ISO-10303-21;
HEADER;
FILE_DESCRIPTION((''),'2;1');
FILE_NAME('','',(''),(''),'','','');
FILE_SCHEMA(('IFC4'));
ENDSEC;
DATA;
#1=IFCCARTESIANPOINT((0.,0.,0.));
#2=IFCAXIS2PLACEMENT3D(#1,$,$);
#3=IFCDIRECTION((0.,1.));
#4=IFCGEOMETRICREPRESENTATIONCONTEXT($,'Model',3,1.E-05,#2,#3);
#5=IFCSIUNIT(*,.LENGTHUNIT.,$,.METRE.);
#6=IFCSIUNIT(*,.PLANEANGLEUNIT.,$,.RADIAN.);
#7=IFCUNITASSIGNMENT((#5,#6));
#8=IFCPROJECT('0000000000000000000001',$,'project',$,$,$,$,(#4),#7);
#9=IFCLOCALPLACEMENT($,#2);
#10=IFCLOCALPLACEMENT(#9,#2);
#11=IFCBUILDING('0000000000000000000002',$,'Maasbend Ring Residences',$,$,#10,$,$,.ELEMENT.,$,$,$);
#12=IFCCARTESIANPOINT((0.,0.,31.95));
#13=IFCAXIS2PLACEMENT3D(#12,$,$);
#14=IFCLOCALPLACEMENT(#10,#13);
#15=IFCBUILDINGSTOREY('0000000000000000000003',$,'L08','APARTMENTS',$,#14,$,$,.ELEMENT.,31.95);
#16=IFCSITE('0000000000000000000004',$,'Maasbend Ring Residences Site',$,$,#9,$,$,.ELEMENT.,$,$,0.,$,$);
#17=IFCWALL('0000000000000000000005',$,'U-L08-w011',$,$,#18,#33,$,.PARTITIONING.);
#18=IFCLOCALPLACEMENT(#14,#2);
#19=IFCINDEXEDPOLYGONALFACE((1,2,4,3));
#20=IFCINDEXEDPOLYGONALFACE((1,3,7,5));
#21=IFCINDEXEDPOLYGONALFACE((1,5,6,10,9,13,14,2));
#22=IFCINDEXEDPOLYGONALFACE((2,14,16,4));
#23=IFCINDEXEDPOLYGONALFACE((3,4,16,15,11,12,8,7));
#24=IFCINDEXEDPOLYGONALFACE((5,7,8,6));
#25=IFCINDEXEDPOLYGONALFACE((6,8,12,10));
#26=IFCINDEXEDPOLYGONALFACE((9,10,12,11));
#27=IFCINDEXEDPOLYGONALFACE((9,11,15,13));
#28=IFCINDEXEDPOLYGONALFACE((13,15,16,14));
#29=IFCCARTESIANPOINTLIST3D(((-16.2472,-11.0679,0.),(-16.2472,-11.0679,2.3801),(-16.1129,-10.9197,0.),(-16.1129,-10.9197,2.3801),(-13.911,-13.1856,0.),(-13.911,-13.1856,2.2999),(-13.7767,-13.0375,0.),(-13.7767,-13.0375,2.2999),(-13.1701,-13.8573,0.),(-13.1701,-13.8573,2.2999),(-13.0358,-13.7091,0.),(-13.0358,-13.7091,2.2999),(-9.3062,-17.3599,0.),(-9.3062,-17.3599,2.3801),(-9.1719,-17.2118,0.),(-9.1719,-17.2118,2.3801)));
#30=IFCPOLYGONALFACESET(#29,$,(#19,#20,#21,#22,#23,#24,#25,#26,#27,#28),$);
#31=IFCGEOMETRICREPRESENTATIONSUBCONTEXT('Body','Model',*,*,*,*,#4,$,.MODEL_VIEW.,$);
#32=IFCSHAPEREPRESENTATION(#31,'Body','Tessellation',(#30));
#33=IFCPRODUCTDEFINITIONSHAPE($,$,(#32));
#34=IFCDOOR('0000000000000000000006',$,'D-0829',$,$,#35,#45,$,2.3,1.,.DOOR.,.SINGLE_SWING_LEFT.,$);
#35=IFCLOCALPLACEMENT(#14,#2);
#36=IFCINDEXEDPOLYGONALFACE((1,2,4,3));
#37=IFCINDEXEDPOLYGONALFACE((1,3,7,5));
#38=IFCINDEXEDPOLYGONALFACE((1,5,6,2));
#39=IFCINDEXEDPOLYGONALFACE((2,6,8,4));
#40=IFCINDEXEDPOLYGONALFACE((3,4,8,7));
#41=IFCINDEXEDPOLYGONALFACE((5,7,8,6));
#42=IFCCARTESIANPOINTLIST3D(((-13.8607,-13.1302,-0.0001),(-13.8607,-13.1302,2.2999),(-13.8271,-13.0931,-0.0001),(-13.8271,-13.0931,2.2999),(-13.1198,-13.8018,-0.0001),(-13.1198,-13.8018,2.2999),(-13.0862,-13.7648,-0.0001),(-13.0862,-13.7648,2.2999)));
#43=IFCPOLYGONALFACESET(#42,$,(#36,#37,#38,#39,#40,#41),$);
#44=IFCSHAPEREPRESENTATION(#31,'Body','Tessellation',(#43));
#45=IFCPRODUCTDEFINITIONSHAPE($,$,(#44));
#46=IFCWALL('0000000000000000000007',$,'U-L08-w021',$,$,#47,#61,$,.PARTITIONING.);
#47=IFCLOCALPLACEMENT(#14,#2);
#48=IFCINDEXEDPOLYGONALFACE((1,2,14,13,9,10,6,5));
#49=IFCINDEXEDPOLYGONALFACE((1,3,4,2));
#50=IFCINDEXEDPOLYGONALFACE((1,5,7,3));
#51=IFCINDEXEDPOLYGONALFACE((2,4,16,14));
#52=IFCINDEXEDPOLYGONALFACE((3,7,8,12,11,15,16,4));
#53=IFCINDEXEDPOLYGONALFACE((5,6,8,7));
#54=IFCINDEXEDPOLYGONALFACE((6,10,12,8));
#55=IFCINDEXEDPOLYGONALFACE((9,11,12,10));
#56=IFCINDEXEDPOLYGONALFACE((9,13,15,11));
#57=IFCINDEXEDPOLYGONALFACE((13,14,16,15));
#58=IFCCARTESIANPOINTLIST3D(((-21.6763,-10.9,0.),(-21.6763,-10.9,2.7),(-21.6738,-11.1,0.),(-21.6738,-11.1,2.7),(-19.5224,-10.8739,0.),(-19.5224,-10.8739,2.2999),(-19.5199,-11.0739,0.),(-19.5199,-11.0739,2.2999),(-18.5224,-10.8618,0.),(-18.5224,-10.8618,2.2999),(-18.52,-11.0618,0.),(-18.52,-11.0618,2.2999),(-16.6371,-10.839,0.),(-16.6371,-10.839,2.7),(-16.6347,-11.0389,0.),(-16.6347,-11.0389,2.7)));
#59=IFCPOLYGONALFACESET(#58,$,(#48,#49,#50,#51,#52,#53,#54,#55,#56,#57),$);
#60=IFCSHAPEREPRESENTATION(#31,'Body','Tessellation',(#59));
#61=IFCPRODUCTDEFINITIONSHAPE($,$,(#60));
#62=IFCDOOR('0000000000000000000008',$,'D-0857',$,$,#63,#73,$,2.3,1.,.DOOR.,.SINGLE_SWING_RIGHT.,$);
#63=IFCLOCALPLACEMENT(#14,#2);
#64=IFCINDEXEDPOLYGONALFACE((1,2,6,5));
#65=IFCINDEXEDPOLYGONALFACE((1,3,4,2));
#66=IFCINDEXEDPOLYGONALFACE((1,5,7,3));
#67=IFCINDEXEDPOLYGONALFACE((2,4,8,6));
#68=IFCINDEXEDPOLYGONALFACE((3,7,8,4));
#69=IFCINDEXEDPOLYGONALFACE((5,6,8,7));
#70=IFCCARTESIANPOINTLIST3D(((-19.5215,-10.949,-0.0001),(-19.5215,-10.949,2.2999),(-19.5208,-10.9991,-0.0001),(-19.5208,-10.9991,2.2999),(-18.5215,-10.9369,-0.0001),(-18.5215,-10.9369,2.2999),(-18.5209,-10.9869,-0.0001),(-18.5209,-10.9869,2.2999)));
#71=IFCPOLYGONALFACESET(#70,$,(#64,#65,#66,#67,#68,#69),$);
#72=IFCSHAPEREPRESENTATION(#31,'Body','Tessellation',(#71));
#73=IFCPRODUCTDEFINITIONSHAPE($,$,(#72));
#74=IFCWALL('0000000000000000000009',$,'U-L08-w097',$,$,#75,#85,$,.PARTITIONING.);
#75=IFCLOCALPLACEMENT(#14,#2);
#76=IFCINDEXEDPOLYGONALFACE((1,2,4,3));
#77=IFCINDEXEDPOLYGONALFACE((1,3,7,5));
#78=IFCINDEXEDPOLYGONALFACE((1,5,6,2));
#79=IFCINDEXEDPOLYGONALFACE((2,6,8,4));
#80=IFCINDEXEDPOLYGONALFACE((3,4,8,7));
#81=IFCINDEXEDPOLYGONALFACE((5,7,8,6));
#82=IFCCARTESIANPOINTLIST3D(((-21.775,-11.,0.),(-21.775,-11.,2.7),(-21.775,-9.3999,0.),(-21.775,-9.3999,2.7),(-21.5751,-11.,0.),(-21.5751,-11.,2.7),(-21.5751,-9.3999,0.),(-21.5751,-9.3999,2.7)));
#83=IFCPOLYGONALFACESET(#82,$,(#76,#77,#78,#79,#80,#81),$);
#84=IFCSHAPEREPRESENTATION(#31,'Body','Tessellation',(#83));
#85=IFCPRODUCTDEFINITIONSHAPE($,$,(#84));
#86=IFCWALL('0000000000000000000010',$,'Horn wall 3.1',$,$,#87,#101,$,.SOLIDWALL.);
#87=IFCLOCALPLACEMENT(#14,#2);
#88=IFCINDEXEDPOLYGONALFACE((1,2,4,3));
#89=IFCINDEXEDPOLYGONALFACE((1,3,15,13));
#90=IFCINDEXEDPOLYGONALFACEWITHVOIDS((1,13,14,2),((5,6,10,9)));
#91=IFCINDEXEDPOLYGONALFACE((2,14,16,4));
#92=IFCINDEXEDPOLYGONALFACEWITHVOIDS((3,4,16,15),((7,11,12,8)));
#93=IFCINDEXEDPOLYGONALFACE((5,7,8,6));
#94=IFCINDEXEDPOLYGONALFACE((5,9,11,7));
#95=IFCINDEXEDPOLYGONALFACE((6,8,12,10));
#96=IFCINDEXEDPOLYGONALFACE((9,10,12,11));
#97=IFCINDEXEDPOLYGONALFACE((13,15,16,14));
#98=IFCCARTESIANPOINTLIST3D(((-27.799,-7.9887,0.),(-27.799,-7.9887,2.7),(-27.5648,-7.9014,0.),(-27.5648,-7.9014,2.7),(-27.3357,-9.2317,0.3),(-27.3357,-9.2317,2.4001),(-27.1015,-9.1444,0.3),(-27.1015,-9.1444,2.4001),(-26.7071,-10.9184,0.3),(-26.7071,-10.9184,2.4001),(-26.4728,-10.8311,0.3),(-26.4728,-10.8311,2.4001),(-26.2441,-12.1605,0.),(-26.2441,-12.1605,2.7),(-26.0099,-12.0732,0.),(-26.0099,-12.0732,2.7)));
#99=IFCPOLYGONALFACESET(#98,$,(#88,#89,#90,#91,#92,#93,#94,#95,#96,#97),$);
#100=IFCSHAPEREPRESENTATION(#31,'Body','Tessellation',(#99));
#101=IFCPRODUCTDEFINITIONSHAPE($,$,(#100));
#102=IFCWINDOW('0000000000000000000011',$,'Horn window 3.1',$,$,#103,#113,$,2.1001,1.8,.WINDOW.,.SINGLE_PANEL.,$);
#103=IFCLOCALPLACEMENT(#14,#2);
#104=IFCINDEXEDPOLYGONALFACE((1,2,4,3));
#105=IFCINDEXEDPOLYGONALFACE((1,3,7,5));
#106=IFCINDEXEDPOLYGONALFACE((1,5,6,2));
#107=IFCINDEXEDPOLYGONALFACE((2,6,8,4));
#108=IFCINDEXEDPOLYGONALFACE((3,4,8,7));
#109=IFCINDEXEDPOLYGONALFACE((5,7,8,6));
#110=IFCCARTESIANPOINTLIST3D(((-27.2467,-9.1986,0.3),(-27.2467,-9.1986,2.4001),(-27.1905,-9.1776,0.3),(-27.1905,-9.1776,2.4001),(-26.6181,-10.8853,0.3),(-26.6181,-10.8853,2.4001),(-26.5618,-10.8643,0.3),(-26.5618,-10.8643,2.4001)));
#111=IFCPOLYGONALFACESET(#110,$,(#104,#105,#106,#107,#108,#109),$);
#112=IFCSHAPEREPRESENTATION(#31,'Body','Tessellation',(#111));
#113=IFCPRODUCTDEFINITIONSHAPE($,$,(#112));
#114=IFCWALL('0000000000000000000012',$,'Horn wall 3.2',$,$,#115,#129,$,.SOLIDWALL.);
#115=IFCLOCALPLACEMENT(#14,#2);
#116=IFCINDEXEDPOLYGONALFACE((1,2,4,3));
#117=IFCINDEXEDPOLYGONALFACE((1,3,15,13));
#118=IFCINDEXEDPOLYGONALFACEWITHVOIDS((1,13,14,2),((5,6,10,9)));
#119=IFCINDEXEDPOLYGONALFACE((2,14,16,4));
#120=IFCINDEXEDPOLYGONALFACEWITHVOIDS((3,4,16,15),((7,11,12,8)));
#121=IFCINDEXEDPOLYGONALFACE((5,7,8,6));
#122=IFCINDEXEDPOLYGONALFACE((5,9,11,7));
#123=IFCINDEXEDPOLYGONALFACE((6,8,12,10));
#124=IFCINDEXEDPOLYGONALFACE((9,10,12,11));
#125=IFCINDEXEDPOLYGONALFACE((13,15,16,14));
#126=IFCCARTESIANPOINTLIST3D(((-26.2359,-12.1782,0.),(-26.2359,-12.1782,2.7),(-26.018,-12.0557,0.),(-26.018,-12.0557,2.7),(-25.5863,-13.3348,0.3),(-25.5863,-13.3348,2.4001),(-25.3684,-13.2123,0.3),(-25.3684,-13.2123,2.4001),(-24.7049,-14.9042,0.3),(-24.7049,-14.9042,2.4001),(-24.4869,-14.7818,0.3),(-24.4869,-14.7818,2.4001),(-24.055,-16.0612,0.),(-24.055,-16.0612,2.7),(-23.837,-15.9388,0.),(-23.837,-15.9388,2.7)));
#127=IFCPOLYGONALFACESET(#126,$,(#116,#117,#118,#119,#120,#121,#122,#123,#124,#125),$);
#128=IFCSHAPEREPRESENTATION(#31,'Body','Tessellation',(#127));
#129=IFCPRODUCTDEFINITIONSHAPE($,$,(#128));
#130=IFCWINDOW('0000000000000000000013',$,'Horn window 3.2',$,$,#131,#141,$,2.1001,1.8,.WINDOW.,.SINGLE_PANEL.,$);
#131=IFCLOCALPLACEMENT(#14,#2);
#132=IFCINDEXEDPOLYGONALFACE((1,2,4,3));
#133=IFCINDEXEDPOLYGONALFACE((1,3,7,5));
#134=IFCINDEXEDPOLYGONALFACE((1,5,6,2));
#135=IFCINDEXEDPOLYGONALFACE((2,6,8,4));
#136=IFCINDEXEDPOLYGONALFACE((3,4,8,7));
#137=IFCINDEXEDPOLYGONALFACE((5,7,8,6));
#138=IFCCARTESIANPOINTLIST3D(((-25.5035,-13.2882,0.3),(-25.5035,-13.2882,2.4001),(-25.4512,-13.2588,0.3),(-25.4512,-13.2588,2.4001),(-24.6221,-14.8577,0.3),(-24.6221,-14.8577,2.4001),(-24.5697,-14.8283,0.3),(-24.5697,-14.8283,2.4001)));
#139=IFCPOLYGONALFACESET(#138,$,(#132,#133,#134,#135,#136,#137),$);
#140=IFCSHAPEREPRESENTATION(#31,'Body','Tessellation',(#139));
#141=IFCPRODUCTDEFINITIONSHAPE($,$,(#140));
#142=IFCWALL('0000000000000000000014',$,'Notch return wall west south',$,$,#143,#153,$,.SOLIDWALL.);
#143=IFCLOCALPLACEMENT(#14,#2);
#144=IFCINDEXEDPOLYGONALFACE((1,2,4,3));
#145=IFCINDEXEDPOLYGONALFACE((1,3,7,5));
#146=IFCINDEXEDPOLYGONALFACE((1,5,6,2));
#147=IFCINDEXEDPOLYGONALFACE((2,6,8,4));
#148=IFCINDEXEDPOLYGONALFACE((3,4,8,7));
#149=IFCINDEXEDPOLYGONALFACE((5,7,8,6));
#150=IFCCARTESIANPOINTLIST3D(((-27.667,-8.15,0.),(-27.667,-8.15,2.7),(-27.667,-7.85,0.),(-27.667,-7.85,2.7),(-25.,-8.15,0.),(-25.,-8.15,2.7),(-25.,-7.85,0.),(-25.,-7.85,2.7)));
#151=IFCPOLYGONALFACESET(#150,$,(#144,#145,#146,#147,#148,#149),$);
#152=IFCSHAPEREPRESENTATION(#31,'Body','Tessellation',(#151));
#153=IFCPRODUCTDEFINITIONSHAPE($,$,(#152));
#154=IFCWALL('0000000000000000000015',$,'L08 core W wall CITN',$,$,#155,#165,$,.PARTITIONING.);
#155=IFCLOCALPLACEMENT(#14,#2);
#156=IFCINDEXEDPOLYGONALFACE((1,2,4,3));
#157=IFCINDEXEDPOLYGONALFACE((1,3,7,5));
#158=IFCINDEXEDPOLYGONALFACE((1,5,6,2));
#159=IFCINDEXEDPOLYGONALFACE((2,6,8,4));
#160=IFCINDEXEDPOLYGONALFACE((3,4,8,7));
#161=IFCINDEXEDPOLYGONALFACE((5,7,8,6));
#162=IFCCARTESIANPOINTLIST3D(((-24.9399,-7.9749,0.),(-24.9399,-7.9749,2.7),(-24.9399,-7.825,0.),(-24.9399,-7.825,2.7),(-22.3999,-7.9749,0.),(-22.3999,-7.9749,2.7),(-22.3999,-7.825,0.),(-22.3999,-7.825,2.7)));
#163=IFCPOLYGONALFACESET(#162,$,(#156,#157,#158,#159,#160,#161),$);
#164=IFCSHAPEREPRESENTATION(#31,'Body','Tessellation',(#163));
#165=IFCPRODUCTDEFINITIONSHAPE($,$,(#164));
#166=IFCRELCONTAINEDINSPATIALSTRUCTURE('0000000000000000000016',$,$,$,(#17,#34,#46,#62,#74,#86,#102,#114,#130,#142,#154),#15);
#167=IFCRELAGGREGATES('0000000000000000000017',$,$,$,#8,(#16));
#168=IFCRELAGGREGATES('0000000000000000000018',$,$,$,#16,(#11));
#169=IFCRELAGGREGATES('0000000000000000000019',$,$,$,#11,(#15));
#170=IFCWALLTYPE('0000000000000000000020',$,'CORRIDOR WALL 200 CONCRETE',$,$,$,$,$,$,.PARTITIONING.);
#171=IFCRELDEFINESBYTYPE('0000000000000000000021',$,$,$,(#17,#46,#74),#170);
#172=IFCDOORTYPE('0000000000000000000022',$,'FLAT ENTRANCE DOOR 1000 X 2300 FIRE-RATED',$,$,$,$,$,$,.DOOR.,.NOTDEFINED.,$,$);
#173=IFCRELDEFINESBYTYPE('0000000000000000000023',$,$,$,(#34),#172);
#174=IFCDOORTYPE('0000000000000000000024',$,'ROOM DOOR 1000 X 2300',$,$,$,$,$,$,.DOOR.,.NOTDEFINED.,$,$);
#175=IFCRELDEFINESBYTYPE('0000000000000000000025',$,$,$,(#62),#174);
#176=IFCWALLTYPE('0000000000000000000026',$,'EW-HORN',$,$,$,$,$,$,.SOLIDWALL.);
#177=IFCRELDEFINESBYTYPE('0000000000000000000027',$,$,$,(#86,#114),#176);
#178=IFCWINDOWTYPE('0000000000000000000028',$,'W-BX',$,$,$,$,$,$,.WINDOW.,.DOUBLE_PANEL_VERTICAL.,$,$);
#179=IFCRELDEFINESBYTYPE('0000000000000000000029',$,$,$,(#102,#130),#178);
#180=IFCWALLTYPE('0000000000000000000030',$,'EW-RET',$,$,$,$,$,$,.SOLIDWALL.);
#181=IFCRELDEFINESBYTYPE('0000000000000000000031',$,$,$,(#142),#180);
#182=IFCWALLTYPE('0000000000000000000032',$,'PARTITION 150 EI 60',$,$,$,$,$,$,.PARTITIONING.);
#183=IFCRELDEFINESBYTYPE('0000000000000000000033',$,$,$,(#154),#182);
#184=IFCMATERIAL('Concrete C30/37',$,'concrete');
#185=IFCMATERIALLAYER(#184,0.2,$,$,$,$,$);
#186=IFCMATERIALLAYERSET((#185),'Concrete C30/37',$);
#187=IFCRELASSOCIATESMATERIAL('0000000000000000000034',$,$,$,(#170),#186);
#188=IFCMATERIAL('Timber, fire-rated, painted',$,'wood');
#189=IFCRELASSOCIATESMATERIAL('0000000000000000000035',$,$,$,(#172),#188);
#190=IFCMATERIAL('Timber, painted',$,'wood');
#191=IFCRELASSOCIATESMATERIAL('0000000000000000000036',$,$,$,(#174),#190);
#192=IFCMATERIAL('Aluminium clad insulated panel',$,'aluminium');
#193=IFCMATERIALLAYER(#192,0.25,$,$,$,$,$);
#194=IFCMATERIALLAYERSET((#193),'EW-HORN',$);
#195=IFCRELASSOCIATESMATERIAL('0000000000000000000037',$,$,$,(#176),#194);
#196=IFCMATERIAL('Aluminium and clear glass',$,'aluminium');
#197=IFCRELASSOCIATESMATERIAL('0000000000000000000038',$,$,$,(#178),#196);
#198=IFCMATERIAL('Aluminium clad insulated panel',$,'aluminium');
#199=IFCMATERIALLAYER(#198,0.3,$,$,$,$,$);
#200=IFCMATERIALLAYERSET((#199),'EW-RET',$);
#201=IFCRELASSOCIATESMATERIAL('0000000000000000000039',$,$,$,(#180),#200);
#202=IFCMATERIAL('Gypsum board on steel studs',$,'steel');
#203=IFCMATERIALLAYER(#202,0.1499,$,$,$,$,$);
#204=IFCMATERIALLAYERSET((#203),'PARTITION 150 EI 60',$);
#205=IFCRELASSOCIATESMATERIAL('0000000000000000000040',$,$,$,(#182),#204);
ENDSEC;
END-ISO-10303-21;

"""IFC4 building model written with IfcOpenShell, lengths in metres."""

from ifc_helpers import new_model, si_unit, direction, frame, frame_2d, origin, place, context, subcontext, project, spatial, rectangle, extrude, material, layer, layer_set, type_object, element, fill, save


model = new_model("IFC4")

# Units and contexts
model_context = context("Model", 3, precision=1e-05, world=origin(), true_north=direction((0.0, 1.0)))
body_context = subcontext(model_context, "Body", "Model", "MODEL_VIEW")
ifc_project = project(units=[si_unit("LENGTHUNIT", "METRE"), si_unit("PLANEANGLEUNIT", "RADIAN")], contexts=[model_context])

# Site, building, storey
site_placement = place(None, origin())
site = spatial("IfcSite", under=ifc_project, at=site_placement, Name="Maasbend Ring Residences Site", CompositionType="ELEMENT", RefElevation=0.0)
building_placement = place(site_placement, origin())
building = spatial("IfcBuilding", under=site, at=building_placement, Name="Maasbend Ring Residences", CompositionType="ELEMENT")
storey_placement = place(building_placement, frame((0.0, 0.0, 31.95)))
storey = spatial("IfcBuildingStorey", under=building, at=storey_placement, Name="L08", Description="APARTMENTS", CompositionType="ELEMENT", Elevation=31.95)

# Walls, openings, doors
ifc_material_1 = material(Name="Concrete C30/37", Category="concrete")
ifc_layer_1 = layer(ifc_material_1, 0.2)
ifc_layer_set_1 = layer_set([ifc_layer_1], Name="Concrete C30/37")
wall_type_1 = type_object("IfcWallType", Name="CORRIDOR WALL 200 CONCRETE", PredefinedType="PARTITIONING", material=ifc_layer_set_1)
wall_1_placement = place(storey_placement, frame((-16.1799, -10.9939, 0.0), z_axis=(0.0, 0.0, 1.0), x_axis=(0.740892, -0.671624, 0.0)))
wall_1 = element("IfcWall", 1, at=wall_1_placement, inside=storey, type_object=wall_type_1, Name="U-L08-w011", PredefinedType="PARTITIONING", context=body_context, shape_type="SweptSolid", body=[
    extrude(rectangle(XDim=9.3684, YDim=0.2, at=frame_2d((4.6841, 0.0))), origin(), (0.0, 0.0, 1.0), 2.3801),
])
opening_1_placement = place(wall_1_placement, frame((3.1531, 0.0, 0.0)))
opening_1 = element("IfcOpeningElement", 2, at=opening_1_placement, cuts=wall_1, PredefinedType="OPENING", context=body_context, shape_type="SweptSolid", body=[
    extrude(rectangle(XDim=1.0, YDim=2.3, at=frame_2d((0.5, 1.1499))), frame((0.0, 0.1099, 0.0), z_axis=(0.0, -1.0, 0.0), x_axis=(1.0, 0.0, 0.0)), (0.0, 0.0, 1.0), 0.22),
])
ifc_material_2 = material(Name="Timber, fire-rated, painted", Category="wood")
door_type_1 = type_object("IfcDoorType", Name="FLAT ENTRANCE DOOR 1000 X 2300 FIRE-RATED", OperationType="NOTDEFINED", PredefinedType="DOOR", material=ifc_material_2)
door_1_placement = place(opening_1_placement, origin())
door_1 = element("IfcDoor", 3, at=door_1_placement, inside=storey, type_object=door_type_1, Name="D-0829", OperationType="SINGLE_SWING_LEFT", OverallHeight=2.3, OverallWidth=1.0, PredefinedType="DOOR", context=body_context, shape_type="SweptSolid", body=[
    extrude(rectangle(XDim=1.0, YDim=2.3, at=frame_2d((0.5, 1.1499))), frame((0.0, 0.0249, 0.0), z_axis=(0.0, -1.0, 0.0), x_axis=(1.0, 0.0, 0.0)), (0.0, 0.0, 1.0), 0.05),
])
fill(opening_1, door_1)
wall_2_placement = place(storey_placement, frame((-21.675, -11.0, 0.0), z_axis=(0.0, 0.0, 1.0), x_axis=(0.999927, 0.012112, 0.0)))
wall_2 = element("IfcWall", 4, at=wall_2_placement, inside=storey, type_object=wall_type_1, Name="U-L08-w021", PredefinedType="PARTITIONING", context=body_context, shape_type="SweptSolid", body=[
    extrude(rectangle(XDim=5.0396, YDim=0.2, at=frame_2d((2.5198, 0.0))), origin(), (0.0, 0.0, 1.0), 2.7),
])
opening_2_placement = place(wall_2_placement, frame((2.1541, 0.0, 0.0)))
opening_2 = element("IfcOpeningElement", 5, at=opening_2_placement, cuts=wall_2, PredefinedType="OPENING", context=body_context, shape_type="SweptSolid", body=[
    extrude(rectangle(XDim=1.0, YDim=2.3, at=frame_2d((0.5, 1.1499))), frame((0.0, 0.1099, 0.0), z_axis=(0.0, -1.0, 0.0), x_axis=(1.0, 0.0, 0.0)), (0.0, 0.0, 1.0), 0.22),
])
ifc_material_3 = material(Name="Timber, painted", Category="wood")
door_type_2 = type_object("IfcDoorType", Name="ROOM DOOR 1000 X 2300", OperationType="NOTDEFINED", PredefinedType="DOOR", material=ifc_material_3)
door_2_placement = place(opening_2_placement, origin())
door_2 = element("IfcDoor", 6, at=door_2_placement, inside=storey, type_object=door_type_2, Name="D-0857", OperationType="SINGLE_SWING_RIGHT", OverallHeight=2.3, OverallWidth=1.0, PredefinedType="DOOR", context=body_context, shape_type="SweptSolid", body=[
    extrude(rectangle(XDim=1.0, YDim=2.3, at=frame_2d((0.5, 1.1499))), frame((0.0, 0.0249, 0.0), z_axis=(0.0, -1.0, 0.0), x_axis=(1.0, 0.0, 0.0)), (0.0, 0.0, 1.0), 0.05),
])
fill(opening_2, door_2)

# Wall
wall_3_placement = place(storey_placement, frame((-21.675, -11.0, 0.0), z_axis=(0.0, 0.0, 1.0), x_axis=(0.0, 1.0, 0.0)))
element("IfcWall", 7, at=wall_3_placement, inside=storey, type_object=wall_type_1, Name="U-L08-w097", PredefinedType="PARTITIONING", context=body_context, shape_type="SweptSolid", body=[
    extrude(rectangle(XDim=1.6001, YDim=0.2, at=frame_2d((0.8, 0.0))), origin(), (0.0, 0.0, 1.0), 2.7),
])

# Walls, openings, windows
ifc_material_4 = material(Name="Aluminium clad insulated panel", Category="aluminium")
ifc_layer_2 = layer(ifc_material_4, 0.25)
ifc_layer_set_2 = layer_set([ifc_layer_2], Name="EW-HORN")
wall_type_2 = type_object("IfcWallType", Name="EW-HORN", PredefinedType="SOLIDWALL", material=ifc_layer_set_2)
wall_4_placement = place(storey_placement, frame((-27.6819, -7.9451, 0.0), z_axis=(0.0, 0.0, 1.0), x_axis=(0.349248, -0.93703, 0.0)))
wall_4 = element("IfcWall", 8, at=wall_4_placement, inside=storey, type_object=wall_type_2, Name="Horn wall 3.1", PredefinedType="SOLIDWALL", context=body_context, shape_type="SweptSolid", body=[
    extrude(rectangle(XDim=4.4521, YDim=0.25, at=frame_2d((2.2261, 0.0))), origin(), (0.0, 0.0, 1.0), 2.7),
])
opening_3_placement = place(wall_4_placement, frame((1.3267, 0.0, 0.3)))
opening_3 = element("IfcOpeningElement", 9, at=opening_3_placement, cuts=wall_4, PredefinedType="OPENING", context=body_context, shape_type="SweptSolid", body=[
    extrude(rectangle(XDim=1.8, YDim=2.1001, at=frame_2d((0.8999, 1.05))), frame((0.0, 0.135, 0.0), z_axis=(0.0, -1.0, 0.0), x_axis=(1.0, 0.0, 0.0)), (0.0, 0.0, 1.0), 0.27),
])
ifc_material_5 = material(Name="Aluminium and clear glass", Category="aluminium")
window_type = type_object("IfcWindowType", Name="W-BX", PartitioningType="DOUBLE_PANEL_VERTICAL", PredefinedType="WINDOW", material=ifc_material_5)
window_1_placement = place(opening_3_placement, origin())
window_1 = element("IfcWindow", 10, at=window_1_placement, inside=storey, type_object=window_type, Name="Horn window 3.1", OverallHeight=2.1001, OverallWidth=1.8, PartitioningType="SINGLE_PANEL", PredefinedType="WINDOW", context=body_context, shape_type="SweptSolid", body=[
    extrude(rectangle(XDim=1.8, YDim=2.1001, at=frame_2d((0.8999, 1.05))), frame((0.0, 0.03, 0.0), z_axis=(0.0, -1.0, 0.0), x_axis=(1.0, 0.0, 0.0)), (0.0, 0.0, 1.0), 0.0601),
])
fill(opening_3, window_1)
wall_5_placement = place(storey_placement, frame((-26.127, -12.1169, 0.0), z_axis=(0.0, 0.0, 1.0), x_axis=(0.489696, -0.871893, 0.0)))
wall_5 = element("IfcWall", 11, at=wall_5_placement, inside=storey, type_object=wall_type_2, Name="Horn wall 3.2", PredefinedType="SOLIDWALL", context=body_context, shape_type="SweptSolid", body=[
    extrude(rectangle(XDim=4.4536, YDim=0.25, at=frame_2d((2.2268, 0.0))), origin(), (0.0, 0.0, 1.0), 2.7),
])
opening_4_placement = place(wall_5_placement, frame((1.3267, 0.0, 0.3)))
opening_4 = element("IfcOpeningElement", 12, at=opening_4_placement, cuts=wall_5, PredefinedType="OPENING", context=body_context, shape_type="SweptSolid", body=[
    extrude(rectangle(XDim=1.8, YDim=2.1001, at=frame_2d((0.8999, 1.05))), frame((0.0, 0.135, 0.0), z_axis=(0.0, -1.0, 0.0), x_axis=(1.0, 0.0, 0.0)), (0.0, 0.0, 1.0), 0.27),
])
window_2_placement = place(opening_4_placement, origin())
window_2 = element("IfcWindow", 13, at=window_2_placement, inside=storey, type_object=window_type, Name="Horn window 3.2", OverallHeight=2.1001, OverallWidth=1.8, PartitioningType="SINGLE_PANEL", PredefinedType="WINDOW", context=body_context, shape_type="SweptSolid", body=[
    extrude(rectangle(XDim=1.8, YDim=2.1001, at=frame_2d((0.8999, 1.05))), frame((0.0, 0.03, 0.0), z_axis=(0.0, -1.0, 0.0), x_axis=(1.0, 0.0, 0.0)), (0.0, 0.0, 1.0), 0.0601),
])
fill(opening_4, window_2)

# Walls
ifc_material_6 = material(Name="Aluminium clad insulated panel", Category="aluminium")
ifc_layer_3 = layer(ifc_material_6, 0.3)
ifc_layer_set_3 = layer_set([ifc_layer_3], Name="EW-RET")
wall_type_3 = type_object("IfcWallType", Name="EW-RET", PredefinedType="SOLIDWALL", material=ifc_layer_set_3)
wall_6_placement = place(storey_placement, frame((-25.0, -8.0, 0.0), z_axis=(0.0, 0.0, 1.0), x_axis=(-1.0, 0.0, 0.0)))
element("IfcWall", 14, at=wall_6_placement, inside=storey, type_object=wall_type_3, Name="Notch return wall west south", PredefinedType="SOLIDWALL", context=body_context, shape_type="SweptSolid", body=[
    extrude(rectangle(XDim=2.667, YDim=0.3, at=frame_2d((1.3335, 0.0))), origin(), (0.0, 0.0, 1.0), 2.7),
])
ifc_material_7 = material(Name="Gypsum board on steel studs", Category="steel")
ifc_layer_4 = layer(ifc_material_7, 0.1499)
ifc_layer_set_4 = layer_set([ifc_layer_4], Name="PARTITION 150 EI 60")
wall_type_4 = type_object("IfcWallType", Name="PARTITION 150 EI 60", PredefinedType="PARTITIONING", material=ifc_layer_set_4)
wall_7_placement = place(storey_placement, frame((-22.3999, -7.8999, 0.0), z_axis=(0.0, 0.0, 1.0), x_axis=(-1.0, 0.0, 0.0)))
element("IfcWall", 15, at=wall_7_placement, inside=storey, type_object=wall_type_4, Name="L08 core W wall CITN", PredefinedType="PARTITIONING", context=body_context, shape_type="SweptSolid", body=[
    extrude(rectangle(XDim=2.54, YDim=0.1499, at=frame_2d((1.27, 0.0))), origin(), (0.0, 0.0, 1.0), 2.7),
])

save(model, "model.ifc")
